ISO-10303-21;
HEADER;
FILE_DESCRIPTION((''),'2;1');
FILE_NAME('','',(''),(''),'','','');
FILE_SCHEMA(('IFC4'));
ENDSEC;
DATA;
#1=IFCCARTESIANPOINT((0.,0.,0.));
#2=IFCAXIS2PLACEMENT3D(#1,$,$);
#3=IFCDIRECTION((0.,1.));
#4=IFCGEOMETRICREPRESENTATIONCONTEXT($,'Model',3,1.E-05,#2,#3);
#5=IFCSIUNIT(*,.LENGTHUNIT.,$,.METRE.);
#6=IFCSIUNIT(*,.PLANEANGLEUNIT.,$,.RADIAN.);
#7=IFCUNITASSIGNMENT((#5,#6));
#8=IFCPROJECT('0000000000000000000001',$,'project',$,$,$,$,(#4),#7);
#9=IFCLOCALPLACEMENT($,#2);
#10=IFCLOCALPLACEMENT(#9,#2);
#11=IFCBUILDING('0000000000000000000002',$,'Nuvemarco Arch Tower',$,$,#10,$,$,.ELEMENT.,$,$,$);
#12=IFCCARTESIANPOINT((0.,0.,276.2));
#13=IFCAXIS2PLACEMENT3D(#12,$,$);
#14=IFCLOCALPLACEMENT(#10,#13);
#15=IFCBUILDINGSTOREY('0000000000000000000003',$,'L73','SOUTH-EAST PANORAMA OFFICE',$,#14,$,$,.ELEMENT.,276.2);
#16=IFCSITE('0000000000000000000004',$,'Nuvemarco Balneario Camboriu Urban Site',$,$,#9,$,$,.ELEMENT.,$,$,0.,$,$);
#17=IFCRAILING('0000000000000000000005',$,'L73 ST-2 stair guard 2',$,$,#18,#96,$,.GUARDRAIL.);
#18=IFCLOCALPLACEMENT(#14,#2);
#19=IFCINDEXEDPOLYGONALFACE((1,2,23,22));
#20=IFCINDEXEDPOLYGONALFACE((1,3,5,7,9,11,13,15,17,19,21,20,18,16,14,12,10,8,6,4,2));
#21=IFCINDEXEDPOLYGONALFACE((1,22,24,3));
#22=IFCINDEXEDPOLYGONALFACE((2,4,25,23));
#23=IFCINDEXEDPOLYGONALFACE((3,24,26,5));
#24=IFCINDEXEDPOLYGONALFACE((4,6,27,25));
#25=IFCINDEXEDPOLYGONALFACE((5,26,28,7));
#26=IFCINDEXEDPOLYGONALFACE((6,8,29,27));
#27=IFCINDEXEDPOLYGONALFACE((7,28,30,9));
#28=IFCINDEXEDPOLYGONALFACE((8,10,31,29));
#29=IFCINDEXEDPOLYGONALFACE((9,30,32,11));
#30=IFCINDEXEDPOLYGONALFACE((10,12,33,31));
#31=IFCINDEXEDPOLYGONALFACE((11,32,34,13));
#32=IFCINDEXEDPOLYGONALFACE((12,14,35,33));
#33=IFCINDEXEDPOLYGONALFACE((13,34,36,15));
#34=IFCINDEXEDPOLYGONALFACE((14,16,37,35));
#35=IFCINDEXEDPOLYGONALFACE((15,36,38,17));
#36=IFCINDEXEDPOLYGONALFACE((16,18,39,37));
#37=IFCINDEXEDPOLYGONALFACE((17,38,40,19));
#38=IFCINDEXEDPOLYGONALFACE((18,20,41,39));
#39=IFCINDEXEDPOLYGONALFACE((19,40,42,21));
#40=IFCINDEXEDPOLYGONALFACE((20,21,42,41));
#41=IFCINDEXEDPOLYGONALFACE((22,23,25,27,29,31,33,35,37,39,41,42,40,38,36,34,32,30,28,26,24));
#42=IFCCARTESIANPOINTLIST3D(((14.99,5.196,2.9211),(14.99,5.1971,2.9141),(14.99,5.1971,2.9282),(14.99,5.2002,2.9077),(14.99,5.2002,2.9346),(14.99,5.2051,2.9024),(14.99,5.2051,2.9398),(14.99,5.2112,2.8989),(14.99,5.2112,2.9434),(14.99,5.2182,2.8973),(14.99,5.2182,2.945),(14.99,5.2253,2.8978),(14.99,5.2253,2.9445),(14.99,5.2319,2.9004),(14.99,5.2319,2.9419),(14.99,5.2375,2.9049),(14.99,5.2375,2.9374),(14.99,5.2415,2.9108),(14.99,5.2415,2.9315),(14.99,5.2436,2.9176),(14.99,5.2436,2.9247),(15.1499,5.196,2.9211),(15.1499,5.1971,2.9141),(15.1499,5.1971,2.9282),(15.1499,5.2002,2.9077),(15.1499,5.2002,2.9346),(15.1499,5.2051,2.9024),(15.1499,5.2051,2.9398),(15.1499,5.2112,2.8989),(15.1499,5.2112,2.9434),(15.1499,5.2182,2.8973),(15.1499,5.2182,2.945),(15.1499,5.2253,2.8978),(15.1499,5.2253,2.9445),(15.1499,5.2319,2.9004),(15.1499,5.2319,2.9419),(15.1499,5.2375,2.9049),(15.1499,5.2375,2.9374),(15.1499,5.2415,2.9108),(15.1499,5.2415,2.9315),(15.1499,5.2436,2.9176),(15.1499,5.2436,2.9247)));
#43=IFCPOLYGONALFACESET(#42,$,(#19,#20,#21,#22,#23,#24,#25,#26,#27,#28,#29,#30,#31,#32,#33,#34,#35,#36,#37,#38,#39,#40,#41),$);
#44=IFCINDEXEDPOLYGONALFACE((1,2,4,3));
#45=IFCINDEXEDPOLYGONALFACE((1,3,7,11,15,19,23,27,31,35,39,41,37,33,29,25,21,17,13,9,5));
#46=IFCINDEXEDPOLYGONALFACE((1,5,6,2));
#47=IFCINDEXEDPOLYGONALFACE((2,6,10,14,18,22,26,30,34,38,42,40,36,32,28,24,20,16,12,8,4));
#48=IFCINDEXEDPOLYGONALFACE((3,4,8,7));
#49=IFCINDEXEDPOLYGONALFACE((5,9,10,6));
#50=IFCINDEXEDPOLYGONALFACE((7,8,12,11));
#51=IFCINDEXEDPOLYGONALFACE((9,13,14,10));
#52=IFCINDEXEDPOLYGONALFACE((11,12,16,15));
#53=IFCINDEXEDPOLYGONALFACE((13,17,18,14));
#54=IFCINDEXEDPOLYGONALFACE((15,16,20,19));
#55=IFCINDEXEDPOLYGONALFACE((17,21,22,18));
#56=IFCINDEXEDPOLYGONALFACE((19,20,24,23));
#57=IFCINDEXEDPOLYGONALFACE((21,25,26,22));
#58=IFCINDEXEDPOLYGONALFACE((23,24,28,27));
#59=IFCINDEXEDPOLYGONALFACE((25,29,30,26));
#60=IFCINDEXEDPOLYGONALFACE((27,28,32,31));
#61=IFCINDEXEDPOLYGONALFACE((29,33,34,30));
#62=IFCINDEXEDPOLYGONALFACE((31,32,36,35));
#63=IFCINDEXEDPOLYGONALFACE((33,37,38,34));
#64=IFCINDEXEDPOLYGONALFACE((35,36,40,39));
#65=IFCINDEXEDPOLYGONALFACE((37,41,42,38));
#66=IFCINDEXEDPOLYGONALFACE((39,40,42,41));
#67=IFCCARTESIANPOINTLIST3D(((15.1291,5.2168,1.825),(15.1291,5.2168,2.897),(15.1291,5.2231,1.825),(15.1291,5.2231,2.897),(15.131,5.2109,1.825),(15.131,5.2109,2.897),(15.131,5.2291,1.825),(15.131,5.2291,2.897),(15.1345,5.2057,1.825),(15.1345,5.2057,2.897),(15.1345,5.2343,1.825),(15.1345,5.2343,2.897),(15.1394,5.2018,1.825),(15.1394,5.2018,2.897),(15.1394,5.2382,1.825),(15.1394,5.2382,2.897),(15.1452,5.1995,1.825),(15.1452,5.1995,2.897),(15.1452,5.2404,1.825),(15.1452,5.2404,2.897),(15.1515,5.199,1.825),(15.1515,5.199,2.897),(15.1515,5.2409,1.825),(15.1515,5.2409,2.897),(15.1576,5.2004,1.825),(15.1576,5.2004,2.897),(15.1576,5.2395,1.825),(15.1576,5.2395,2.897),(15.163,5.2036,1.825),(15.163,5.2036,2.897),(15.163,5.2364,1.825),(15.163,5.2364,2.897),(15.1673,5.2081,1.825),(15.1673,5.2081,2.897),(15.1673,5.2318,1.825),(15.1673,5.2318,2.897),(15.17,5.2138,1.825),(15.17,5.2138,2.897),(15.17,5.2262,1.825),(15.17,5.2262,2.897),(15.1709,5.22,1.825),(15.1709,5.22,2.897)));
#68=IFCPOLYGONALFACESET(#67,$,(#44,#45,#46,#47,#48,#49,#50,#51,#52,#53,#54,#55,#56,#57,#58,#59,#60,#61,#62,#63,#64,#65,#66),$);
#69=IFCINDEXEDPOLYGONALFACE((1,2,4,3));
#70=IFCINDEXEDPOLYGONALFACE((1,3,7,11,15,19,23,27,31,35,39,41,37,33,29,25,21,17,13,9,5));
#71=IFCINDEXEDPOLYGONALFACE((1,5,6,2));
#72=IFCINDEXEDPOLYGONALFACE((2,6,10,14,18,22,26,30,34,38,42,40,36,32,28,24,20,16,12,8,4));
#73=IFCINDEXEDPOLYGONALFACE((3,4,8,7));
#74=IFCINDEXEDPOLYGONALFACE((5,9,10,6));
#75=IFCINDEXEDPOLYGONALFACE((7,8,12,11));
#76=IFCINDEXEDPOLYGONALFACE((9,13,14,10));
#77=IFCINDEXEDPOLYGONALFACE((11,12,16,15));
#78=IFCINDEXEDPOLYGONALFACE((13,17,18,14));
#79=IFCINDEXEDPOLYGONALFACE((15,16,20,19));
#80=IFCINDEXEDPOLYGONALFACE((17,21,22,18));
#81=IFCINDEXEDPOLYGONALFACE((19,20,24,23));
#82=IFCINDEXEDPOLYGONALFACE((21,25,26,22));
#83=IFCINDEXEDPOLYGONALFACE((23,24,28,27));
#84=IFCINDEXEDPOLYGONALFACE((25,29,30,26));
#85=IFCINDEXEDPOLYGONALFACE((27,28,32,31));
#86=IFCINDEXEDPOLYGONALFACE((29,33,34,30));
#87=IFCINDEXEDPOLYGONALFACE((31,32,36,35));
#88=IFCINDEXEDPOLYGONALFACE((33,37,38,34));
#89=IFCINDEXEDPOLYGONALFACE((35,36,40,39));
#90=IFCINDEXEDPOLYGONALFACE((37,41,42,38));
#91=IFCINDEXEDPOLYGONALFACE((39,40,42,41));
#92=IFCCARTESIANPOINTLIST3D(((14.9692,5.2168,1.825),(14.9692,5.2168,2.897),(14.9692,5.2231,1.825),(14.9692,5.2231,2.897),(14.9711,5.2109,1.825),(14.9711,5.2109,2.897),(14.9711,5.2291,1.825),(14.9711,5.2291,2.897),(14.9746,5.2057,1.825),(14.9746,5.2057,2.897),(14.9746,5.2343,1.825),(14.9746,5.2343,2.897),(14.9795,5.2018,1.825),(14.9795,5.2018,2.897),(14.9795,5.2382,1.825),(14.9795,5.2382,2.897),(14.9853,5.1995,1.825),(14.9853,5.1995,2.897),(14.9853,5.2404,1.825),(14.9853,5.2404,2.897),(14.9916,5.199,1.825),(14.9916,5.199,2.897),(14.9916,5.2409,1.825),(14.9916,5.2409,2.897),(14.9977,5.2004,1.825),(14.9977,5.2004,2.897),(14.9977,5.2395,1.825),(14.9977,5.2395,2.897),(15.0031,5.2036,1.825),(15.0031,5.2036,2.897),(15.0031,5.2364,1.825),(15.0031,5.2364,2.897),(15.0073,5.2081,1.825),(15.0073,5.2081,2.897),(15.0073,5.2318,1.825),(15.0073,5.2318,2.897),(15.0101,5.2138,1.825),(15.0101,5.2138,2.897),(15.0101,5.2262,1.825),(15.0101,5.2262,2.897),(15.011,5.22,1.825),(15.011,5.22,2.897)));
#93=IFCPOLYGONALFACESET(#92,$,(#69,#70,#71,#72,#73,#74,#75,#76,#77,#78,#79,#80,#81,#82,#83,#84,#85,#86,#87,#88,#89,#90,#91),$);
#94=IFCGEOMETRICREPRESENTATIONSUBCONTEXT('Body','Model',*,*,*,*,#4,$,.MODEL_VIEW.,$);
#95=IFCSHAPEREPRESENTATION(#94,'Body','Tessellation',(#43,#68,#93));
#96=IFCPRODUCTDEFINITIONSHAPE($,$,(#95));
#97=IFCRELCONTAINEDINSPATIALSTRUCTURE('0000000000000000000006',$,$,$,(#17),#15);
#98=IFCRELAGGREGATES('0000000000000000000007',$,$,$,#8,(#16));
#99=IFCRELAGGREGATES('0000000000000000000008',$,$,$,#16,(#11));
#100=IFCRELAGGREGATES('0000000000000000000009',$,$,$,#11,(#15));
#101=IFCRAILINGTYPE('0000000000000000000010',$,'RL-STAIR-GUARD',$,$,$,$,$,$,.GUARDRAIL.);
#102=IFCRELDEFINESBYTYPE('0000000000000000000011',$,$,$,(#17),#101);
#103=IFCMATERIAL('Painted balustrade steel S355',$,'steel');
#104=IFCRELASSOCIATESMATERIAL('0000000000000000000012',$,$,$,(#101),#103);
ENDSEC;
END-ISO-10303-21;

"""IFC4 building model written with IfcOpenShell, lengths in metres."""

from ifc_helpers import new_model, si_unit, direction, frame, origin, origin_2d, place, context, subcontext, project, spatial, circle, extrude, material, type_object, element, save


model = new_model("IFC4")

# Units and contexts
model_context = context("Model", 3, precision=1e-05, world=origin(), true_north=direction((0.0, 1.0)))
body_context = subcontext(model_context, "Body", "Model", "MODEL_VIEW")
ifc_project = project(units=[si_unit("LENGTHUNIT", "METRE"), si_unit("PLANEANGLEUNIT", "RADIAN")], contexts=[model_context])

# Site, building, storey
site_placement = place(None, origin())
site = spatial("IfcSite", under=ifc_project, at=site_placement, Name="Nuvemarco Balneario Camboriu Urban Site", CompositionType="ELEMENT", RefElevation=0.0)
building_placement = place(site_placement, origin())
building = spatial("IfcBuilding", under=site, at=building_placement, Name="Nuvemarco Arch Tower", CompositionType="ELEMENT")
storey_placement = place(building_placement, frame((0.0, 0.0, 276.2)))
storey = spatial("IfcBuildingStorey", under=building, at=storey_placement, Name="L73", Description="SOUTH-EAST PANORAMA OFFICE", CompositionType="ELEMENT", Elevation=276.2)

# Railing
ifc_material_1 = material(Name="Painted balustrade steel S355", Category="steel")
railing_type_1 = type_object("IfcRailingType", Name="RL-STAIR-GUARD", PredefinedType="GUARDRAIL", material=ifc_material_1)
railing_1_placement = place(storey_placement, frame((15.1499, 5.22, 1.825)))
element("IfcRailing", 1, at=railing_1_placement, inside=storey, type_object=railing_type_1, Name="L73 ST-2 stair guard 2", PredefinedType="GUARDRAIL", context=body_context, shape_type="SweptSolid", body=[
    extrude(circle(Radius=0.0239, at=origin_2d()), frame((0.0, 0.0, 1.0962), z_axis=(-1.0, 0.0, 0.0), x_axis=(0.0, -1.0, 0.0)), (0.0, 0.0, 1.0), 0.1599),
    extrude(circle(Radius=0.021, at=origin_2d()), origin(), (0.0, 0.0, 1.0), 1.072),
    extrude(circle(Radius=0.021, at=origin_2d()), frame((-0.1599, 0.0, 0.0)), (0.0, 0.0, 1.0), 1.072),
])

save(model, "model.ifc")
